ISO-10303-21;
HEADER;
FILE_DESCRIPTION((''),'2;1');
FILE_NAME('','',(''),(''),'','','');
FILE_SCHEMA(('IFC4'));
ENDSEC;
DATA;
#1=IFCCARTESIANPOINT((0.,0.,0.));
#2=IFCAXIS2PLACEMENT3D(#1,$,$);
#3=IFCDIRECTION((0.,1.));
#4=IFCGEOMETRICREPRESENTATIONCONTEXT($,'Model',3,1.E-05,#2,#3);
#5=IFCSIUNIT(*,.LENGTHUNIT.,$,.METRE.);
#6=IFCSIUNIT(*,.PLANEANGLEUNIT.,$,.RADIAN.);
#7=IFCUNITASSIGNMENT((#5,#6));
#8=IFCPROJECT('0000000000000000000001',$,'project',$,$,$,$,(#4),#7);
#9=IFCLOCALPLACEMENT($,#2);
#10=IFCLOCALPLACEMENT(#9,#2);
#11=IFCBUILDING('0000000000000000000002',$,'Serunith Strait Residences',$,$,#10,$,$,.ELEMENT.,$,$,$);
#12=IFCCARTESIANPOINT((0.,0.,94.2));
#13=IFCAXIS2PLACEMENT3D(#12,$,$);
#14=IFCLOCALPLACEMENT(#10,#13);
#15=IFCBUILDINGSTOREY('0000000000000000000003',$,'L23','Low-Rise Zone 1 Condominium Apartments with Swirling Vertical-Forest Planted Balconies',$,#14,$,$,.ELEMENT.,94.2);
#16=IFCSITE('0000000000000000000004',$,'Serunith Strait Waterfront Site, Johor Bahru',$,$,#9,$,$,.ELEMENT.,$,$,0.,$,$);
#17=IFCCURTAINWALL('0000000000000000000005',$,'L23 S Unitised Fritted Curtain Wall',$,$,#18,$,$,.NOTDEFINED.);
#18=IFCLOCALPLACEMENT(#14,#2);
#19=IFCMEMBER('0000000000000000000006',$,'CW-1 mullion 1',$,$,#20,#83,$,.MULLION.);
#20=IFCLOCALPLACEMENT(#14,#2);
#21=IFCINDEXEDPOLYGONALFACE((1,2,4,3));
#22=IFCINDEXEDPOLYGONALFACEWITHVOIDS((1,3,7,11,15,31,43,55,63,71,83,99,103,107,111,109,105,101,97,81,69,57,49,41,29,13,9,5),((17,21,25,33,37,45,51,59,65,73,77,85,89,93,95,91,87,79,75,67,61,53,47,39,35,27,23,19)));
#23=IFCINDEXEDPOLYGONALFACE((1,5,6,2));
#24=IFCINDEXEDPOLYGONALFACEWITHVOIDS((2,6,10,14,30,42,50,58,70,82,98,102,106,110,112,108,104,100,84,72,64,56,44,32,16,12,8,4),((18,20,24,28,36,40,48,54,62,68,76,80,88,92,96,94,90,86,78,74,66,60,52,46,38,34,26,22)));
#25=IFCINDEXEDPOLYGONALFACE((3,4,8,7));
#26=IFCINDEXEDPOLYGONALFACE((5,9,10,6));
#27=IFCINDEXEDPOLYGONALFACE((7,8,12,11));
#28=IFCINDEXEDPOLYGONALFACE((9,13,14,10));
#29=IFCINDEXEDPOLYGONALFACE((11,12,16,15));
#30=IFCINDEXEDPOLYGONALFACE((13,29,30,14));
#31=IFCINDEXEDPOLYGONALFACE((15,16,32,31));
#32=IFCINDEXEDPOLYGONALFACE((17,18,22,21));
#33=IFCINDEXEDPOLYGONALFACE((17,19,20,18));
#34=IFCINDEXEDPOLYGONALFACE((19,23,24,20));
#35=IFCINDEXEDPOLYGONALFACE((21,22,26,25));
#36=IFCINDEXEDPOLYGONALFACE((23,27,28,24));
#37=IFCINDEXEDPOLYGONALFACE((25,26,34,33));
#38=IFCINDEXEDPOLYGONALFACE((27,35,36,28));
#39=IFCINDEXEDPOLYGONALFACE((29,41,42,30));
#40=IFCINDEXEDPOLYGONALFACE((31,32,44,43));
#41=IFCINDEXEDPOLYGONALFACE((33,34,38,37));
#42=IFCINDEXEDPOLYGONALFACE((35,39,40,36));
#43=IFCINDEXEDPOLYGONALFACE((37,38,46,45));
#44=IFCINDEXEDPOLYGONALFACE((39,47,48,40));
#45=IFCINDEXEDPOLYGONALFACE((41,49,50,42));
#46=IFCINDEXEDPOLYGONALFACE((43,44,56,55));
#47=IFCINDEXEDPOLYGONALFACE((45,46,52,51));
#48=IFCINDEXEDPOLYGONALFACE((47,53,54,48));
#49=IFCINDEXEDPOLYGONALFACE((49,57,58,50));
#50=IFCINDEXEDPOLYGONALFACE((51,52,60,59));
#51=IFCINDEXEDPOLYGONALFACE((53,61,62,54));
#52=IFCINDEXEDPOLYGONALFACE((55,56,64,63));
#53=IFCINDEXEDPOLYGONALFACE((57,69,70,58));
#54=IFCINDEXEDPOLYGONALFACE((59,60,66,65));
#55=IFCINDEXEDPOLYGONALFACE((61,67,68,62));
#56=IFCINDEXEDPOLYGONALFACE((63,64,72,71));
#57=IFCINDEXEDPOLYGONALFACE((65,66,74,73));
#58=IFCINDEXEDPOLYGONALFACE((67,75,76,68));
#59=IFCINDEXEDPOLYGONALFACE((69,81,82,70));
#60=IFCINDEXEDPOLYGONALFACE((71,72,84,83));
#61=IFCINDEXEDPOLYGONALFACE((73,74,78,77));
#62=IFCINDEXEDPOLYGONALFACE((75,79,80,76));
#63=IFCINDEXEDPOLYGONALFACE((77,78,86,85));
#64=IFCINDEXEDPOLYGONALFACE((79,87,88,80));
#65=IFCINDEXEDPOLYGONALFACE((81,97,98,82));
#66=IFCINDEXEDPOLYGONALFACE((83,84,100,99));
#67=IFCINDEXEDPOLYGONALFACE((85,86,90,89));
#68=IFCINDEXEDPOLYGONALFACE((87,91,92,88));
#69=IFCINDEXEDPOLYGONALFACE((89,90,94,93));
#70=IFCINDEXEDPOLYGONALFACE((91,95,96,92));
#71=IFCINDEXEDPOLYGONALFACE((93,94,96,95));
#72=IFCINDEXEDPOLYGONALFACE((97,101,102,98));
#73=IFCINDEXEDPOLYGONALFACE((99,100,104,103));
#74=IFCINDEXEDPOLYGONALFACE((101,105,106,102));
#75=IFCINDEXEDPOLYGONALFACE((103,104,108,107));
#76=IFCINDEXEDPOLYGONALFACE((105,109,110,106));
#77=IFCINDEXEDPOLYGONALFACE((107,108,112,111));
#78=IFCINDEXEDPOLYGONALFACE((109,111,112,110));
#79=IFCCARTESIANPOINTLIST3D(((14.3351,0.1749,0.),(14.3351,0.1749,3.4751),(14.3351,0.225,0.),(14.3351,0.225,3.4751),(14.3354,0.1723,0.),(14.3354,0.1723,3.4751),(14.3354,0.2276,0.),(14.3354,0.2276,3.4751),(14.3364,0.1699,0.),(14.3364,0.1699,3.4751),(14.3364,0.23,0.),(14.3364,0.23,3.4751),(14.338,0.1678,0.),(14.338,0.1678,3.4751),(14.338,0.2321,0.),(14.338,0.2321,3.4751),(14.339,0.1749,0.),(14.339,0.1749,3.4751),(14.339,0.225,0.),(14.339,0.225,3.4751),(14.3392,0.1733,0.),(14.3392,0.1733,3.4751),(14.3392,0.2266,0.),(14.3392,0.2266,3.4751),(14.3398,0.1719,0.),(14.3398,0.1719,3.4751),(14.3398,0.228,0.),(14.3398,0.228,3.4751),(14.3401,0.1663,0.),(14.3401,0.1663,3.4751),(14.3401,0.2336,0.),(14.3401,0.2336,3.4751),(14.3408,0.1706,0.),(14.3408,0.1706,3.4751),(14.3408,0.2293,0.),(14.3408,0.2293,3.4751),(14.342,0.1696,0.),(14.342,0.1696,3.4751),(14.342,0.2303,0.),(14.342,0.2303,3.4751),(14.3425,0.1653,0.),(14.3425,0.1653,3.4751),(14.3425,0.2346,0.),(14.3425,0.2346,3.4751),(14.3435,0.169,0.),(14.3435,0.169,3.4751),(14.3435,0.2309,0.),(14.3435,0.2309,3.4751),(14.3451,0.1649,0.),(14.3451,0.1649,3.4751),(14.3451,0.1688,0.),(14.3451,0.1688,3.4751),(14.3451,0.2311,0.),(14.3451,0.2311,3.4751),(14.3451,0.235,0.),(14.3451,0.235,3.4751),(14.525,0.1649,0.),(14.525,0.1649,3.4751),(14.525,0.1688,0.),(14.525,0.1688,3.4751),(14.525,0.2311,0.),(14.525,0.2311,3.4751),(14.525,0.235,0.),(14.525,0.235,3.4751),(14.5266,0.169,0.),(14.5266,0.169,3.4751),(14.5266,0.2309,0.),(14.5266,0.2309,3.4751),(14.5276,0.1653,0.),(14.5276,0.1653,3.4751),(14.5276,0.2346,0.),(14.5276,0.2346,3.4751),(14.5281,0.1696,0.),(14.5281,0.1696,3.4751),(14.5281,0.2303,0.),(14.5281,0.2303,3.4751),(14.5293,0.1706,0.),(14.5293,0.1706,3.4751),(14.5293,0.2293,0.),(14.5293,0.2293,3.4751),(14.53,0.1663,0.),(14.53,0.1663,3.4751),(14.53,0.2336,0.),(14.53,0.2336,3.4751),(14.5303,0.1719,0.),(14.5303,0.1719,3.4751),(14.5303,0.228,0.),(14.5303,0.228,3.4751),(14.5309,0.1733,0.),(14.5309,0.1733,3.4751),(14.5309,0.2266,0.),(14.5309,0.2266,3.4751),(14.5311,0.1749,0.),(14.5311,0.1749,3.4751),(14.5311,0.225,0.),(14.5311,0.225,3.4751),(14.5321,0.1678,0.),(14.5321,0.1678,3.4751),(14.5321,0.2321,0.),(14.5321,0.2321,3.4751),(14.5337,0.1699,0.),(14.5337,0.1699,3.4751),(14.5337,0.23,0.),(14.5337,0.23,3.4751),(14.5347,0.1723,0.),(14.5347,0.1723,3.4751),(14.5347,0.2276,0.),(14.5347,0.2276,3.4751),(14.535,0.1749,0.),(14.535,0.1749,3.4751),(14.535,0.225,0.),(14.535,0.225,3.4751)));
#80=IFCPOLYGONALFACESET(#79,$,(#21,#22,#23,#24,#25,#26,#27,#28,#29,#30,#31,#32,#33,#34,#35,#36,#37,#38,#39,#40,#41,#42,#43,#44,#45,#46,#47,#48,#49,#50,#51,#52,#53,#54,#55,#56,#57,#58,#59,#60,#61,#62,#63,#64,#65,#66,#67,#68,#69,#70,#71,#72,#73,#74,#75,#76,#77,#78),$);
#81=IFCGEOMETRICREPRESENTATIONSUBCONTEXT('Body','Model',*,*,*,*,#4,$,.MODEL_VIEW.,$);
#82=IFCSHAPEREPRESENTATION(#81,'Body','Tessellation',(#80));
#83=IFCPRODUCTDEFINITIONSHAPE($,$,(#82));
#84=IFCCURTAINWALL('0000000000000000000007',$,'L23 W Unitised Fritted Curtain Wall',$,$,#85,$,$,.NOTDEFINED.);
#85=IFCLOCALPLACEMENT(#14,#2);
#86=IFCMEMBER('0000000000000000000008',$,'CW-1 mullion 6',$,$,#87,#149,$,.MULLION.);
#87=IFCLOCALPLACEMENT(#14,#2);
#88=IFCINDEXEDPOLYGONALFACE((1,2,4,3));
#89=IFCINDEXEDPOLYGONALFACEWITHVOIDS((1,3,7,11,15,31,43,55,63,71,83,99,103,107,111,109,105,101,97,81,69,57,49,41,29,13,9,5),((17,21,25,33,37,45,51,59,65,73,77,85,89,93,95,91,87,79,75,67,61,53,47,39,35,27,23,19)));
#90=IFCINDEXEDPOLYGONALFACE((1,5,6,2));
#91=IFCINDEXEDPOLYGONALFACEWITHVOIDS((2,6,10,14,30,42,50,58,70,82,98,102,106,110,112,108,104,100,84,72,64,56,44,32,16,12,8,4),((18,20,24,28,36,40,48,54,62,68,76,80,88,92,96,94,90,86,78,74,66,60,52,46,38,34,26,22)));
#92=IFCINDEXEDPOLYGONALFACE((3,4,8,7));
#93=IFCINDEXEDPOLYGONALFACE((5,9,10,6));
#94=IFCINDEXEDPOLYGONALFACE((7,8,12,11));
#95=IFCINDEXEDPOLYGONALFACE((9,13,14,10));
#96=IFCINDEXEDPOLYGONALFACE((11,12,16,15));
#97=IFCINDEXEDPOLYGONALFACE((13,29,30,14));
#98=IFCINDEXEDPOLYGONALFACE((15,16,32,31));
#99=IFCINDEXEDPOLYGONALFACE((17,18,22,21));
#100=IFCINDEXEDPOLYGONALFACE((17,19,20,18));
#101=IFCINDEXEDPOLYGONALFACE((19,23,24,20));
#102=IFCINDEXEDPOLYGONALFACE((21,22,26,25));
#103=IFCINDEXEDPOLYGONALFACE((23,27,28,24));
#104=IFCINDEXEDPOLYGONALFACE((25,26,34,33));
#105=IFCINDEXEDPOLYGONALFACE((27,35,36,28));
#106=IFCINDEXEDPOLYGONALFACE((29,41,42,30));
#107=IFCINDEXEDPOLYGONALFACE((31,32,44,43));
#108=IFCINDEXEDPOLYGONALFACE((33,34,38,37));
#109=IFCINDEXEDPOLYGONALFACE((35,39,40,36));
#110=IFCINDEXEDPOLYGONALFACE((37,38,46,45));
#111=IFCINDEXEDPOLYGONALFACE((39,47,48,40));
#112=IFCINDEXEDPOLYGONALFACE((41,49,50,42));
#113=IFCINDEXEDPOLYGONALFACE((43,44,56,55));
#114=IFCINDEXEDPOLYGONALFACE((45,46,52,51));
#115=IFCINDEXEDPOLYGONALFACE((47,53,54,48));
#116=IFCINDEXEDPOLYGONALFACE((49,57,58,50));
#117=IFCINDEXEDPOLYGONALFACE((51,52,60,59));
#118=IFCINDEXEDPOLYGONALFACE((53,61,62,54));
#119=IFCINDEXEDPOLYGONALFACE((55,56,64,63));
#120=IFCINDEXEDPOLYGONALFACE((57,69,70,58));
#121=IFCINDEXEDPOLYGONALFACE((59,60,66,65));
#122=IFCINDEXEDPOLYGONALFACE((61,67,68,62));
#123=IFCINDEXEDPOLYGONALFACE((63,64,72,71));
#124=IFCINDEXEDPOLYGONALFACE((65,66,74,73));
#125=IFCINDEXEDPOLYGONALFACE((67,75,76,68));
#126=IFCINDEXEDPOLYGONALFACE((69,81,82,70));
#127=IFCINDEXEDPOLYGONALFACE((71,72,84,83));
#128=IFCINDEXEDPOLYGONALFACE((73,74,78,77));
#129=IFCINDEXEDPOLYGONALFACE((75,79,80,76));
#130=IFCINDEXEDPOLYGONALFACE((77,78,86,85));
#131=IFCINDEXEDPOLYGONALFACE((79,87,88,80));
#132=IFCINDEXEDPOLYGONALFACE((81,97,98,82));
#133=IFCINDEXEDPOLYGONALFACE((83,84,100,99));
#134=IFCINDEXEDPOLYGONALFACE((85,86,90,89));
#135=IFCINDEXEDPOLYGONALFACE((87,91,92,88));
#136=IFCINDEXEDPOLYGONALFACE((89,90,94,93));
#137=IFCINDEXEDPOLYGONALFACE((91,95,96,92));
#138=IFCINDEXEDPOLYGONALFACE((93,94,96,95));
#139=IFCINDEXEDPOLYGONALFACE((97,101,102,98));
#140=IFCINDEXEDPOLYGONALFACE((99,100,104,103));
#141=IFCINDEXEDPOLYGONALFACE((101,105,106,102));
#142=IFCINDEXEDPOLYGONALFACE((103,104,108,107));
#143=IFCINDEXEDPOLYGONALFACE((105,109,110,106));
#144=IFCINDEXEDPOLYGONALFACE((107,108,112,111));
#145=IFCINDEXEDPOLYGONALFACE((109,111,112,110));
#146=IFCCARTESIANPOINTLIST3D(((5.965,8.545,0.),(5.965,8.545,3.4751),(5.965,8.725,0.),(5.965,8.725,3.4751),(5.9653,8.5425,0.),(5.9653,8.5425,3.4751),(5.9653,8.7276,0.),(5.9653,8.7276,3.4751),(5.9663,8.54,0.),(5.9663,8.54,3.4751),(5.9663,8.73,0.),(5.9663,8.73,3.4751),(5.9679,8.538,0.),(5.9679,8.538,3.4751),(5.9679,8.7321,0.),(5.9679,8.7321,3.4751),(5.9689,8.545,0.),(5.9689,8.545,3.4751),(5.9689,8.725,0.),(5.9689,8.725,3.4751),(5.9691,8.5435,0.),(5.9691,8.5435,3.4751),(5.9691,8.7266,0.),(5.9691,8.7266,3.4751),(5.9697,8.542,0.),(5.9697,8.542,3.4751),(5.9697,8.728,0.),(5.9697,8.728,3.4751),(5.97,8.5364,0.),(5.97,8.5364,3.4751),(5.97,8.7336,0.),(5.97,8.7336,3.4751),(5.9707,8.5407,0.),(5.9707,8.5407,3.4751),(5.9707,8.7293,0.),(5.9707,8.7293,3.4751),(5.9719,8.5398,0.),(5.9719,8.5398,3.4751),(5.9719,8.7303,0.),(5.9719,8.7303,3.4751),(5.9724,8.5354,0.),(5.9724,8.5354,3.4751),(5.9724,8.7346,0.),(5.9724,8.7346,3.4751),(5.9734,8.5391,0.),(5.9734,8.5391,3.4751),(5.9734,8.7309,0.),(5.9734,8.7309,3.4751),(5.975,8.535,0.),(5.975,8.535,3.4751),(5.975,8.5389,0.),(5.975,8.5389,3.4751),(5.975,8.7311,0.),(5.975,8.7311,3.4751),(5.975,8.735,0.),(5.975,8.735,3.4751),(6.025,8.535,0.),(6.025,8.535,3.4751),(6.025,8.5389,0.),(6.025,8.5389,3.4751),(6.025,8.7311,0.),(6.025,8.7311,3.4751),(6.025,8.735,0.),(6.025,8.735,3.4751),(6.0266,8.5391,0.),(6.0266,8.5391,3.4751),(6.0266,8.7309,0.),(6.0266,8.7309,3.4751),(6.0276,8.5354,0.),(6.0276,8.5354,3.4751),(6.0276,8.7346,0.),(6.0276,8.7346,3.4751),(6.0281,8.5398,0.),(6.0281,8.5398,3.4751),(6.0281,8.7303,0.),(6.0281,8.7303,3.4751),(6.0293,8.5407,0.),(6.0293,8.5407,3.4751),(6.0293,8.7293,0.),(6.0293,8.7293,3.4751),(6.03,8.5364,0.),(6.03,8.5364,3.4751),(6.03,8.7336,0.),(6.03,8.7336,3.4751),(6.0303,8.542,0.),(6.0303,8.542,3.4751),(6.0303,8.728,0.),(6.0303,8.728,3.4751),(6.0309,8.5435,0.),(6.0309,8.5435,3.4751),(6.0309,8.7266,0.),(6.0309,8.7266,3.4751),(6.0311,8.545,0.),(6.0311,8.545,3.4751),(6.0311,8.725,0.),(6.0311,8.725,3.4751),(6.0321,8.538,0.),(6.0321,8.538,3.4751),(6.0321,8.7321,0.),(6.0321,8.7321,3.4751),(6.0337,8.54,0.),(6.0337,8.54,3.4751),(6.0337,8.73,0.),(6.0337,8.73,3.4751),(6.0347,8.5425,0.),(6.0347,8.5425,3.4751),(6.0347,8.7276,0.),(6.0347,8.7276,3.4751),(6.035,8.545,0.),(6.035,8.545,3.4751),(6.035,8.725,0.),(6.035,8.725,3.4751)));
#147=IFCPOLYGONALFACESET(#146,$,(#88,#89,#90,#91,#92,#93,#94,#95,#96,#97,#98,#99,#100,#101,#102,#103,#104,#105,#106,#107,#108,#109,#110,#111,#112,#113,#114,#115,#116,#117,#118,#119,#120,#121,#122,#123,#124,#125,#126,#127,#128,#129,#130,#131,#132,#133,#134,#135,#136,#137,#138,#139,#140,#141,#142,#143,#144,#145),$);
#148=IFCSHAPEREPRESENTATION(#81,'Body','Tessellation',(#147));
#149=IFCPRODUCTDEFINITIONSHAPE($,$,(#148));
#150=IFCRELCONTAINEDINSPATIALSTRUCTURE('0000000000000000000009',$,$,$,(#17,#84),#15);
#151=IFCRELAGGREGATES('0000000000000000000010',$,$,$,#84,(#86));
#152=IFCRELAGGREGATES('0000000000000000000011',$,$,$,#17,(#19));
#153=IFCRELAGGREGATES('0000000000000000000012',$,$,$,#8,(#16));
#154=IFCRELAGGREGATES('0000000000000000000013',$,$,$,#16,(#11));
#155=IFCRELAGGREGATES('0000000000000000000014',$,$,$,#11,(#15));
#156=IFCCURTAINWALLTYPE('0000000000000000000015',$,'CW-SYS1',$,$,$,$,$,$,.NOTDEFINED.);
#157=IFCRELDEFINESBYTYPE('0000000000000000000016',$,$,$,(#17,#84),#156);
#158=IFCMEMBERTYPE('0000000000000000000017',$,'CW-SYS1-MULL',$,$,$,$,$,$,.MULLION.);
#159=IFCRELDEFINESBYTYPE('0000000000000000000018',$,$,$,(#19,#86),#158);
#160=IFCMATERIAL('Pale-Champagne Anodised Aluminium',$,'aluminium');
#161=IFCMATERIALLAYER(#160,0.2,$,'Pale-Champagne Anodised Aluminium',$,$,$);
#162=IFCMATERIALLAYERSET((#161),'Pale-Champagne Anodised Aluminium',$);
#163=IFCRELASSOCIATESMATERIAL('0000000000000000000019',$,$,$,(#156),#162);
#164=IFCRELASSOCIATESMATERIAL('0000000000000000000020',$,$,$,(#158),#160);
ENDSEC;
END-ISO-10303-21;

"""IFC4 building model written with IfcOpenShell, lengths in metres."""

from ifc_helpers import new_model, si_unit, direction, frame, origin, origin_2d, place, context, subcontext, project, spatial, hollow_rectangle, extrude, source, transform, mapped, material, layer, layer_set, material_profile, profile_set, type_object, element, aggregate, save


model = new_model("IFC4")

# Units and contexts
model_context = context("Model", 3, precision=1e-05, world=origin(), true_north=direction((0.0, 1.0)))
body_context = subcontext(model_context, "Body", "Model", "MODEL_VIEW")
ifc_project = project(units=[si_unit("LENGTHUNIT", "METRE"), si_unit("PLANEANGLEUNIT", "RADIAN")], contexts=[model_context])

# Site, building, storey
site_placement = place(None, origin())
site = spatial("IfcSite", under=ifc_project, at=site_placement, Name="Serunith Strait Waterfront Site, Johor Bahru", CompositionType="ELEMENT", RefElevation=0.0)
building_placement = place(site_placement, origin())
building = spatial("IfcBuilding", under=site, at=building_placement, Name="Serunith Strait Residences", CompositionType="ELEMENT")
storey_placement = place(building_placement, frame((0.0, 0.0, 94.2)))
storey = spatial("IfcBuildingStorey", under=building, at=storey_placement, Name="L23", Description="Low-Rise Zone 1 Condominium Apartments with Swirling Vertical-Forest Planted Balconies", CompositionType="ELEMENT", Elevation=94.2)

# Curtain walls, members
ifc_material_1 = material(Name="Pale-Champagne Anodised Aluminium", Category="aluminium")
ifc_layer_1 = layer(ifc_material_1, 0.2, Name="Pale-Champagne Anodised Aluminium")
ifc_layer_set_1 = layer_set([ifc_layer_1], Name="Pale-Champagne Anodised Aluminium")
curtain_wall_type = type_object("IfcCurtainWallType", Name="CW-SYS1", PredefinedType="NOTDEFINED", material=ifc_layer_set_1)
curtain_wall_1_placement = place(storey_placement, origin())
curtain_wall_1 = element("IfcCurtainWall", 1, at=curtain_wall_1_placement, inside=storey, type_object=curtain_wall_type, Name="L23 S Unitised Fritted Curtain Wall", PredefinedType="NOTDEFINED")
ifc_material_profile_1 = material_profile(ifc_material_1, hollow_rectangle(XDim=0.0701, YDim=0.2, WallThickness=0.0039, InnerFilletRadius=0.0061, OuterFilletRadius=0.01, at=origin_2d()), Name="ALU 200x70x4")
ifc_profile_set_1 = profile_set([ifc_material_profile_1], Name="Pale-Champagne Anodised Aluminium")
member_type_1 = type_object("IfcMemberType", Name="CW-SYS1-MULL", PredefinedType="MULLION", material=ifc_profile_set_1)
shared_shape_1 = source(origin(), body_context, "Body", "SweptSolid", [
    extrude(hollow_rectangle(XDim=0.0701, YDim=0.2, WallThickness=0.0039, InnerFilletRadius=0.0061, OuterFilletRadius=0.01, at=origin_2d()), origin(), (0.0, 0.0, 1.0), 3.4751),
])
member_1_placement = place(storey_placement, frame((14.4351, 0.2, 0.0), z_axis=(0.0, 0.0, 1.0), x_axis=(0.0, 1.0, 0.0)))
member_1 = element("IfcMember", 2, at=member_1_placement, type_object=member_type_1, Name="CW-1 mullion 1", PredefinedType="MULLION", context=body_context, shape_type="MappedRepresentation", body=[
    mapped(shared_shape_1, transform((0.0, 0.0, 0.0), scale=1.0)),
])
curtain_wall_2_placement = place(storey_placement, origin())
curtain_wall_2 = element("IfcCurtainWall", 3, at=curtain_wall_2_placement, inside=storey, type_object=curtain_wall_type, Name="L23 W Unitised Fritted Curtain Wall", PredefinedType="NOTDEFINED")
member_2_placement = place(storey_placement, frame((6.0, 8.635, 0.0), z_axis=(0.0, 0.0, 1.0), x_axis=(1.0, 0.0, 0.0)))
member_2 = element("IfcMember", 4, at=member_2_placement, type_object=member_type_1, Name="CW-1 mullion 6", PredefinedType="MULLION", context=body_context, shape_type="MappedRepresentation", body=[
    mapped(shared_shape_1, transform((0.0, 0.0, 0.0), scale=1.0)),
])
aggregate(curtain_wall_2, [member_2])

aggregate(curtain_wall_1, [member_1])

save(model, "model.ifc")
